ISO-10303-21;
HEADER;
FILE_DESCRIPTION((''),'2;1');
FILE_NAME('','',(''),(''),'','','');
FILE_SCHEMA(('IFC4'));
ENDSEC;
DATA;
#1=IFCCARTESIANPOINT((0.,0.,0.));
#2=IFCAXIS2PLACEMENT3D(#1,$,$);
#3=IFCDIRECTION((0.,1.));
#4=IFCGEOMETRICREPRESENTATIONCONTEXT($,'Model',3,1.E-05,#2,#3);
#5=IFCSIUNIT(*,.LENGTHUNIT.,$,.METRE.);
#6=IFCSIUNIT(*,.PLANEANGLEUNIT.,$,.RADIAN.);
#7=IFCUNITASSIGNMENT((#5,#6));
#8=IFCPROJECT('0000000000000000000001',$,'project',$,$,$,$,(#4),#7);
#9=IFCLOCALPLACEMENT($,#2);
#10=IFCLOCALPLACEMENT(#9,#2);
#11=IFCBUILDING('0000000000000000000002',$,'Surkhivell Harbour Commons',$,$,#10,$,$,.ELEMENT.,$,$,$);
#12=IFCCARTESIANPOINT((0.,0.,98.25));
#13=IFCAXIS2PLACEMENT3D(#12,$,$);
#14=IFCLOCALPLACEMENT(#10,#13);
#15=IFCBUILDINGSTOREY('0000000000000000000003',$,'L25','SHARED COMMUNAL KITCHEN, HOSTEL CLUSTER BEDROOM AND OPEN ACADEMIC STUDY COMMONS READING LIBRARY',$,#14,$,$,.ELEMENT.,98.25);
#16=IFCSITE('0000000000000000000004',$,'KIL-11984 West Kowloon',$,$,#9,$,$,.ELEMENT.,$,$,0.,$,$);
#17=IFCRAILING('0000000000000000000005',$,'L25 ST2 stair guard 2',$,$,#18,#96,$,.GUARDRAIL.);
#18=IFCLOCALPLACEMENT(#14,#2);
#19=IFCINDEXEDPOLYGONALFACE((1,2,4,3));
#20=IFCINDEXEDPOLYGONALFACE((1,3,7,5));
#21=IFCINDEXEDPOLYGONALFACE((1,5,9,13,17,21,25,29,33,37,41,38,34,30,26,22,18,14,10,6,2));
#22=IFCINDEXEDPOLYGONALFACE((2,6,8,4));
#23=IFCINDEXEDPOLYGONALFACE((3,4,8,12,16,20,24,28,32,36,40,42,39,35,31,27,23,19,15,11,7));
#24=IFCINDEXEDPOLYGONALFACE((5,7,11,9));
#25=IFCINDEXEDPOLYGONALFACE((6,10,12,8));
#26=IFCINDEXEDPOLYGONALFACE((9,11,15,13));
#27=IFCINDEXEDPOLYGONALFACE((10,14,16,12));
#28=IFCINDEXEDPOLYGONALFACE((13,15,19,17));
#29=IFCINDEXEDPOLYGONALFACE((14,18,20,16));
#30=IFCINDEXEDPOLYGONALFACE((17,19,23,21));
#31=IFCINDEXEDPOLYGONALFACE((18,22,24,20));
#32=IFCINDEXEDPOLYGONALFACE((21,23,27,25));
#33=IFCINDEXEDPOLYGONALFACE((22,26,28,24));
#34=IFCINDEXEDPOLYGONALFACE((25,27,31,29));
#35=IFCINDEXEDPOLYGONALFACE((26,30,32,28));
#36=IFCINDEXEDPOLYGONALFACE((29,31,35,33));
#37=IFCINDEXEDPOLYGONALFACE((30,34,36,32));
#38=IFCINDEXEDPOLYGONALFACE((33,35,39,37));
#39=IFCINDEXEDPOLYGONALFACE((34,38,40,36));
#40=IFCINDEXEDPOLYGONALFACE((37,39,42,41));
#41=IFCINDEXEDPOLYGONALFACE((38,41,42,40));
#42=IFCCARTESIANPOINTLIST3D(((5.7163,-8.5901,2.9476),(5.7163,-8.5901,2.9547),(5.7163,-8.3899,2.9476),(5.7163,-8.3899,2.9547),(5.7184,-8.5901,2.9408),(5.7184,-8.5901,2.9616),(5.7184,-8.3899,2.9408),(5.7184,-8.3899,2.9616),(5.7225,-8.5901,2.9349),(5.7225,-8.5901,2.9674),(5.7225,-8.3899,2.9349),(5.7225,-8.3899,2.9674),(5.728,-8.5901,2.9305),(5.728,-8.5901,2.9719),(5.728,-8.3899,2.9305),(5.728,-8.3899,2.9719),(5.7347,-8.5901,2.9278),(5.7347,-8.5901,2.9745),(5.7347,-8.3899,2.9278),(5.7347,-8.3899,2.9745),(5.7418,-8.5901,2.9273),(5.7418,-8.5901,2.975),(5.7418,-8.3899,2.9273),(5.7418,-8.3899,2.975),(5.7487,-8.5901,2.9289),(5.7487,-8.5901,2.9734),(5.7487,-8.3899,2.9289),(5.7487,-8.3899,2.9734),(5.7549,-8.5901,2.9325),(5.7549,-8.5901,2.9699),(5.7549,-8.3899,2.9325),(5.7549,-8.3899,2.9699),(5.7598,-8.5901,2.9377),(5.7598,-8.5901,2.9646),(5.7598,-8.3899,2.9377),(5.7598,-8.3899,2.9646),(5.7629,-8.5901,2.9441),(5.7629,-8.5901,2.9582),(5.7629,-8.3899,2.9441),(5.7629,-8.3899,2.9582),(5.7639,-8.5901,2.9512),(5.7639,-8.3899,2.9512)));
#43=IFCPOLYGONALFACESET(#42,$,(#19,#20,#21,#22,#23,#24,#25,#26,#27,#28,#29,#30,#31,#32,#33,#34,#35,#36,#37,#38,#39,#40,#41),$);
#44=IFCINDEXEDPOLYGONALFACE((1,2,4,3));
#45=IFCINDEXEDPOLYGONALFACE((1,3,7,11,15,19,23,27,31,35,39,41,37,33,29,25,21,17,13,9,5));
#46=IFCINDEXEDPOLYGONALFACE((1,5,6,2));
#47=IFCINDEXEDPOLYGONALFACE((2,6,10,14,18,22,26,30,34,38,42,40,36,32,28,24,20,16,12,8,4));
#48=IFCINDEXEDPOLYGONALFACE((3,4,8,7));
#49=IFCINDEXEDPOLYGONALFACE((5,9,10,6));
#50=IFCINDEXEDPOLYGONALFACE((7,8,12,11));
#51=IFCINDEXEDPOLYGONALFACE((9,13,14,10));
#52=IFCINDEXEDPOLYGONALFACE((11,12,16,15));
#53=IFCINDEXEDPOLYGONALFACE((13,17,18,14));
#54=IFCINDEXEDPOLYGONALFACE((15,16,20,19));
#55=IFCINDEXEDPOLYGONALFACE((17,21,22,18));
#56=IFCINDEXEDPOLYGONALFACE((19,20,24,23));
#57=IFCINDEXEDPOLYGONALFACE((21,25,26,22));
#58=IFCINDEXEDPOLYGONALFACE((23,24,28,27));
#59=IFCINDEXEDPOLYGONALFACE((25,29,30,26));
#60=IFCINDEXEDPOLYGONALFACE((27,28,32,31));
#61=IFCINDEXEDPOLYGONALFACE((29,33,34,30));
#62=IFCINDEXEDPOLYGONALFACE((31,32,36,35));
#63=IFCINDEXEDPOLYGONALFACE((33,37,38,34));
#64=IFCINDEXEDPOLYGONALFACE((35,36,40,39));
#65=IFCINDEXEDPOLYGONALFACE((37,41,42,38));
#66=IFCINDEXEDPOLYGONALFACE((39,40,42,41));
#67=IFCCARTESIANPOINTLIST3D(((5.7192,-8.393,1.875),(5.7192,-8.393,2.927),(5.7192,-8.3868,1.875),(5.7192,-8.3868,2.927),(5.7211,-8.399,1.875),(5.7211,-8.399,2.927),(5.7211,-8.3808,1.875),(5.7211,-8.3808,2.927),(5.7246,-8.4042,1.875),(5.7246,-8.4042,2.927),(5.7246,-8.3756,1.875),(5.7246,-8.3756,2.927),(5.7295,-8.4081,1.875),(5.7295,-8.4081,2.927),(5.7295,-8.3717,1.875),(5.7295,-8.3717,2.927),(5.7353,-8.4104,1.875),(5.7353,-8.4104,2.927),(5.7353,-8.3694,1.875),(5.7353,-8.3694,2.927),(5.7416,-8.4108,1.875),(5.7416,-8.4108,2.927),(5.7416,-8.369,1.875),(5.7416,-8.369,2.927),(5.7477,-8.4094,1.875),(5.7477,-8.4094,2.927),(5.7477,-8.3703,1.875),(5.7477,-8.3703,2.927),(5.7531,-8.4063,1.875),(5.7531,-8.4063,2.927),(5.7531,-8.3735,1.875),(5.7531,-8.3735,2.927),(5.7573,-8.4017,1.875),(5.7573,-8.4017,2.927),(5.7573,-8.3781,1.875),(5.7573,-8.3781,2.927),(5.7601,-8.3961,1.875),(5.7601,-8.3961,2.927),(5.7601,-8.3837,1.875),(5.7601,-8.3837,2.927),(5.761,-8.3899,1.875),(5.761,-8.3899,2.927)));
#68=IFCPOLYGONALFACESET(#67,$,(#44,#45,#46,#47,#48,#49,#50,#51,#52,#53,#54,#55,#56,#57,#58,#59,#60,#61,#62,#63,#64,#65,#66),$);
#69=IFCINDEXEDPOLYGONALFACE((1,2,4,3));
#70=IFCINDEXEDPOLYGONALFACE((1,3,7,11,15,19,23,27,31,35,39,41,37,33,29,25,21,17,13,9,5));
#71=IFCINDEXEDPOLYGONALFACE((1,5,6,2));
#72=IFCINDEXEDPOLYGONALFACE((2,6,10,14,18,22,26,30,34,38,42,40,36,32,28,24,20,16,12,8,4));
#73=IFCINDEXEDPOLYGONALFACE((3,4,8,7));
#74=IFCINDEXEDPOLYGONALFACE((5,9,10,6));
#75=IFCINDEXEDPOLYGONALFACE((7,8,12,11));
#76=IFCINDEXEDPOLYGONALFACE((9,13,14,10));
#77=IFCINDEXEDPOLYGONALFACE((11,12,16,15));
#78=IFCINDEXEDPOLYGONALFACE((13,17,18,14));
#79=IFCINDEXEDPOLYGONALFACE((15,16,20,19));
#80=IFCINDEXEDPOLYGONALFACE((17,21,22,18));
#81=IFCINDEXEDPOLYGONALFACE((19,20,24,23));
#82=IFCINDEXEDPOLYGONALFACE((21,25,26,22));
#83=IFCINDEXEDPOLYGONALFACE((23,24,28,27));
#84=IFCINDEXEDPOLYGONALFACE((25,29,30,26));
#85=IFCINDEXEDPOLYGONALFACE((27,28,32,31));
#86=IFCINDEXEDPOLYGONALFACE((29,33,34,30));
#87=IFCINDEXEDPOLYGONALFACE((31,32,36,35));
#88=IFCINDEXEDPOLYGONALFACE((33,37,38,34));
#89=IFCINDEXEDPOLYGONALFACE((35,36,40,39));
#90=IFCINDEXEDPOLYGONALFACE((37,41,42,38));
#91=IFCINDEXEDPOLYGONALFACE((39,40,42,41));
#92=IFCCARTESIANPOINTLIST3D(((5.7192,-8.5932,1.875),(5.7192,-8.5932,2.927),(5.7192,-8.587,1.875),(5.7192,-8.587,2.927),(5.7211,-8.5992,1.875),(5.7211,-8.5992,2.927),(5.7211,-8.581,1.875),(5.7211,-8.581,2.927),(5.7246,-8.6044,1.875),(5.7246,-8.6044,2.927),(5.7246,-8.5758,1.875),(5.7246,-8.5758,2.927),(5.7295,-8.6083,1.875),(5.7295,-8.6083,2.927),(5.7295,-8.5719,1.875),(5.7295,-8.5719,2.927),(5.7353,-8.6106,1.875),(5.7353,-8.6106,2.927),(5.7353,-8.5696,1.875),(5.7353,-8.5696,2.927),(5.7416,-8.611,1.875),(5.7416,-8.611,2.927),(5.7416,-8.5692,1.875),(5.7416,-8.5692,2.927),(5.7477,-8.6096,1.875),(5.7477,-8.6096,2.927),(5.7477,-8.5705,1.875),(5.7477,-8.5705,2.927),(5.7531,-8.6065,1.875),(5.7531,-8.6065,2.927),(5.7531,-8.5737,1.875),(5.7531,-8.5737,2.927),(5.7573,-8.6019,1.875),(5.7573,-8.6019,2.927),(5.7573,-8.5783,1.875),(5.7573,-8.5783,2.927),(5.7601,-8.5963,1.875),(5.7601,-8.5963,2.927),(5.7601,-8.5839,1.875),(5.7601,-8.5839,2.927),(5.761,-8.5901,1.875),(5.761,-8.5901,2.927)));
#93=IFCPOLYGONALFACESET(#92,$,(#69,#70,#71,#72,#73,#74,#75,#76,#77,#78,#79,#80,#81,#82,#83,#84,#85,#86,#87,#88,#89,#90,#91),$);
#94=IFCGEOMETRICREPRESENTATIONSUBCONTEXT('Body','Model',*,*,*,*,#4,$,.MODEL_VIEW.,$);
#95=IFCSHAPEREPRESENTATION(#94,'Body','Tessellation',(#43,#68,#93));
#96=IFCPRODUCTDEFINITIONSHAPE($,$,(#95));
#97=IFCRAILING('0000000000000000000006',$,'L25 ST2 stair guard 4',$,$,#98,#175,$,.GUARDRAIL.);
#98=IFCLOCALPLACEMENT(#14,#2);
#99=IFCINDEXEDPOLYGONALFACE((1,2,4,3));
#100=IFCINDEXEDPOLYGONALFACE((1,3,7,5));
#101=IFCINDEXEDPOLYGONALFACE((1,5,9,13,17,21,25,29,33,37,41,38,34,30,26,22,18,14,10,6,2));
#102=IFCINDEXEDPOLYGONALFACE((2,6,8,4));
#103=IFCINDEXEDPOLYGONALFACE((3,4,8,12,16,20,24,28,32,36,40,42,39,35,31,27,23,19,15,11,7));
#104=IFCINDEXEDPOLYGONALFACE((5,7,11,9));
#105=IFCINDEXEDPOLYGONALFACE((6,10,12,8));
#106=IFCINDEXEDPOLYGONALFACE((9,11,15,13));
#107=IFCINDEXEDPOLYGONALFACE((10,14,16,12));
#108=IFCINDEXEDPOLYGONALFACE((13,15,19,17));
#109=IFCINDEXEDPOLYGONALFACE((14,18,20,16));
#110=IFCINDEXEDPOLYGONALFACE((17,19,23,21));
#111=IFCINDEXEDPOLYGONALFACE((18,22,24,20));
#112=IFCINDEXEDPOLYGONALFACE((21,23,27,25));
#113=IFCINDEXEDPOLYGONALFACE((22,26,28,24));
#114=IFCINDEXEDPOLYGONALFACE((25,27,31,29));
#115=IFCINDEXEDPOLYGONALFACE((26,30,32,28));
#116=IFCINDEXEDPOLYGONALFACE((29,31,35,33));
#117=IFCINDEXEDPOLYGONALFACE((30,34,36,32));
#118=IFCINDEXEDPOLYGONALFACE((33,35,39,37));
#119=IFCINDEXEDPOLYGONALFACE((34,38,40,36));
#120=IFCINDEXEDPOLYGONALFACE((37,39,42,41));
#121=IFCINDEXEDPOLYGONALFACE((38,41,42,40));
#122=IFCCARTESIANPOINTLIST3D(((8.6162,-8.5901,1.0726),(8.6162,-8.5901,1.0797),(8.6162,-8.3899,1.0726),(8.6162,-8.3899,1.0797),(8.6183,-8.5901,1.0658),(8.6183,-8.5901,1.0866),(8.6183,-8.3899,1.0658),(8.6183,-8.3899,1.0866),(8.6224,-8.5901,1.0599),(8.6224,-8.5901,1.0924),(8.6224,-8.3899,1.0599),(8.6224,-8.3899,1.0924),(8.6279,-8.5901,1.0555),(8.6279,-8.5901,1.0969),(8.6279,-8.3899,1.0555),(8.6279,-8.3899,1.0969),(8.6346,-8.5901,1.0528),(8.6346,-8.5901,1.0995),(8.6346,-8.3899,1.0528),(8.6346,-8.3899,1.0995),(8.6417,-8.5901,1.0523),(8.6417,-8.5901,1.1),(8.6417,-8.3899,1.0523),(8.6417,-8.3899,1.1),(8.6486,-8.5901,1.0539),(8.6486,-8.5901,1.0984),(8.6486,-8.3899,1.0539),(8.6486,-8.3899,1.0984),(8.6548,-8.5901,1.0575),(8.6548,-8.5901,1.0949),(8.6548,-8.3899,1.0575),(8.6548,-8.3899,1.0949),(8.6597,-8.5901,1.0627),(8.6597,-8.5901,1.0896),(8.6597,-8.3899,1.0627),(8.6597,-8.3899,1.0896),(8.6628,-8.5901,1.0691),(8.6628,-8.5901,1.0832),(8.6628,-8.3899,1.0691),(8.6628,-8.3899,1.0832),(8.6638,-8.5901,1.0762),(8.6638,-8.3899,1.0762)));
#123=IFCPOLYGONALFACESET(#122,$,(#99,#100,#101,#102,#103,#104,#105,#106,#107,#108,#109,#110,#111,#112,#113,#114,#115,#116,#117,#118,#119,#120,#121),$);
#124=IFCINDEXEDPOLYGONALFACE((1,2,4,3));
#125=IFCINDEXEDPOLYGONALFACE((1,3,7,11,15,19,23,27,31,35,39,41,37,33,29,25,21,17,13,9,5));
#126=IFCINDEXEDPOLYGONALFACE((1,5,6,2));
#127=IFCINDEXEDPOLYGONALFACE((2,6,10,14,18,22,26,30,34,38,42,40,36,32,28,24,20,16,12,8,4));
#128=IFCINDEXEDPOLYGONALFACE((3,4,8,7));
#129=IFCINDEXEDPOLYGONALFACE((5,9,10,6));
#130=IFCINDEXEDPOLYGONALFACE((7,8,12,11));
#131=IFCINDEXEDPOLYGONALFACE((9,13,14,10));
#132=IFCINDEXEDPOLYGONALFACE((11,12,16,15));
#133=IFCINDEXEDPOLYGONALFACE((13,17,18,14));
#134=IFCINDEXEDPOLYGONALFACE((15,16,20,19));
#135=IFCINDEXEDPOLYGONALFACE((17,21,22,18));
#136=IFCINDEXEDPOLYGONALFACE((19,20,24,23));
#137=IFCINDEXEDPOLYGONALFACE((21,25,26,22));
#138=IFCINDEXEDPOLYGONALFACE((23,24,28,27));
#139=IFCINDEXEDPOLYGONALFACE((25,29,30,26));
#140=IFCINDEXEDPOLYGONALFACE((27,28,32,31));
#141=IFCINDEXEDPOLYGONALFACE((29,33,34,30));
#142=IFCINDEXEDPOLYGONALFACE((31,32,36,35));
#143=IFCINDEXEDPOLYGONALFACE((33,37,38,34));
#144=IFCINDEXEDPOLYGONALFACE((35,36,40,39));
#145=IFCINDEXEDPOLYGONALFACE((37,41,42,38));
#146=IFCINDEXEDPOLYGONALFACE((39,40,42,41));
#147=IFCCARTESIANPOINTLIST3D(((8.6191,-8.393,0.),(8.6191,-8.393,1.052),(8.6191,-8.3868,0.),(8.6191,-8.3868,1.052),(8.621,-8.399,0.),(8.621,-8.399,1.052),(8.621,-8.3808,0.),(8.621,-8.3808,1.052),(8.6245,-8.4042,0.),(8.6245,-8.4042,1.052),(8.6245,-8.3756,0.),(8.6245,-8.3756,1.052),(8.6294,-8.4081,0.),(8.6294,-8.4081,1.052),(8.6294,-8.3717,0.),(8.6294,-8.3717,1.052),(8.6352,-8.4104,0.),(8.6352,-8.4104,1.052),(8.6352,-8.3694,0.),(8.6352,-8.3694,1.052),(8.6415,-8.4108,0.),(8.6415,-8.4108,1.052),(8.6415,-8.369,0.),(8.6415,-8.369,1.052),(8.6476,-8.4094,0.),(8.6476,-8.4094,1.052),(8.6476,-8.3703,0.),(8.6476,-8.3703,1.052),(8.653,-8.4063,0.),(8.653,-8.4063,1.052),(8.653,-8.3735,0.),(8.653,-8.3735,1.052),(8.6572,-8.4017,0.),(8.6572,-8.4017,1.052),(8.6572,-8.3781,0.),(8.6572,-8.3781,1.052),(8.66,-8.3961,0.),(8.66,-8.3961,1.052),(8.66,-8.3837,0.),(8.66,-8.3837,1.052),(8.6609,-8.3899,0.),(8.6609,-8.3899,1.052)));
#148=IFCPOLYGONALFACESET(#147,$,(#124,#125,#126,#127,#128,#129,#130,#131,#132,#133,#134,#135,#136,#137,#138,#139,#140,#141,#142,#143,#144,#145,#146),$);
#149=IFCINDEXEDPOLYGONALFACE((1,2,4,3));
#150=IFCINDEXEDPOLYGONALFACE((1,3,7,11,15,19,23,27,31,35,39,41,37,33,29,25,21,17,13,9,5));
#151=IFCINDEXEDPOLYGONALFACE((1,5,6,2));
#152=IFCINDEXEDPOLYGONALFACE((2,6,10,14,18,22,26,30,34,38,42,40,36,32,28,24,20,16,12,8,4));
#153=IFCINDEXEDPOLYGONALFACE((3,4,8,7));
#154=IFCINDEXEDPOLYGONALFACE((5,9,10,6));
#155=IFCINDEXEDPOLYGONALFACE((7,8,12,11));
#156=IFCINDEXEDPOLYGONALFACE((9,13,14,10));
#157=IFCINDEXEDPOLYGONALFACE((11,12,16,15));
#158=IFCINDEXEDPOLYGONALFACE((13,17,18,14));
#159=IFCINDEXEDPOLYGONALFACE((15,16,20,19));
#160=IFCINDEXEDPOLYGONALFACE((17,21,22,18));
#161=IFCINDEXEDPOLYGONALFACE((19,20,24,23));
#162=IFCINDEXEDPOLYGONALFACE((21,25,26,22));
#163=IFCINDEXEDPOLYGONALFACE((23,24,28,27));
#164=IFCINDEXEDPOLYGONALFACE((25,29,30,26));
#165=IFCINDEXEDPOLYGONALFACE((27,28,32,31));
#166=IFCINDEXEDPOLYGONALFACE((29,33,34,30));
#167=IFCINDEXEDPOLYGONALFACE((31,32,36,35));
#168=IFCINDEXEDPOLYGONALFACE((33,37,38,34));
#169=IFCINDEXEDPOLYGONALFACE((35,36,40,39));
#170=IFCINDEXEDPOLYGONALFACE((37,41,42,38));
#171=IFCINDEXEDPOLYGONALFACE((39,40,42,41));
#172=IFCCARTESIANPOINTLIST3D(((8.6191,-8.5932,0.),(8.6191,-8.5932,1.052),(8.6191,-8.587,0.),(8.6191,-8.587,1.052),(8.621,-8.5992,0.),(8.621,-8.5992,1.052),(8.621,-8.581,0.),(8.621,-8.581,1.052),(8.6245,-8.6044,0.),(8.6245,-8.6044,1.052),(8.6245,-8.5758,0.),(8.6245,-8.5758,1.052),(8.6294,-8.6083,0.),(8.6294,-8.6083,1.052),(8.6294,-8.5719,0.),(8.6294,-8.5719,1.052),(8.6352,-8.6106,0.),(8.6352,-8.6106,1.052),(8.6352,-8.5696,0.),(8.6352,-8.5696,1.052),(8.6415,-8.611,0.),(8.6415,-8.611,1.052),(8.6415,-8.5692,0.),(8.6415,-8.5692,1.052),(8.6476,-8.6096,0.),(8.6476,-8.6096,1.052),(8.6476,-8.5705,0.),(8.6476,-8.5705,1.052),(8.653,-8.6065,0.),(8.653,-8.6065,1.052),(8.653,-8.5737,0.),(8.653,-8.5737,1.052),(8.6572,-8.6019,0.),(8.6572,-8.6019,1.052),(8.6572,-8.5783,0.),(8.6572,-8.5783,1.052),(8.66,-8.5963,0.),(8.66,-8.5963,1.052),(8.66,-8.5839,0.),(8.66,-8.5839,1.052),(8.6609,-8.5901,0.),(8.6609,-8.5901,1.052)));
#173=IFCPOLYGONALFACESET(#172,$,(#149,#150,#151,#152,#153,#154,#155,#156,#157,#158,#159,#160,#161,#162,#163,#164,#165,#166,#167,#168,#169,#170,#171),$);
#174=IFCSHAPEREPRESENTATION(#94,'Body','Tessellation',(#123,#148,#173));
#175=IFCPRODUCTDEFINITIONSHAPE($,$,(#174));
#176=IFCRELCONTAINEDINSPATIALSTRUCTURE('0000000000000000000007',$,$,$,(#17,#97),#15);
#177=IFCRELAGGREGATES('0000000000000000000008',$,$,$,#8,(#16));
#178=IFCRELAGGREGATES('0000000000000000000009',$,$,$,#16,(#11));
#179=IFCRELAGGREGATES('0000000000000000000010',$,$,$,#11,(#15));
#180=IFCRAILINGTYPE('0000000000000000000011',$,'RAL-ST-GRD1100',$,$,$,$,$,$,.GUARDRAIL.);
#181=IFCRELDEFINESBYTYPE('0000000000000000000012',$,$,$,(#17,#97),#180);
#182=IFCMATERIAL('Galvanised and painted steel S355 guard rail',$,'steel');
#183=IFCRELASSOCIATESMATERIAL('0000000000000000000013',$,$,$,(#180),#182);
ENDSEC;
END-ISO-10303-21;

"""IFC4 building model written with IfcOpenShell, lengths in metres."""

from ifc_helpers import new_model, si_unit, direction, frame, origin, origin_2d, place, context, subcontext, project, spatial, circle, extrude, material, type_object, element, save


model = new_model("IFC4")

# Units and contexts
model_context = context("Model", 3, precision=1e-05, world=origin(), true_north=direction((0.0, 1.0)))
body_context = subcontext(model_context, "Body", "Model", "MODEL_VIEW")
ifc_project = project(units=[si_unit("LENGTHUNIT", "METRE"), si_unit("PLANEANGLEUNIT", "RADIAN")], contexts=[model_context])

# Site, building, storey
site_placement = place(None, origin())
site = spatial("IfcSite", under=ifc_project, at=site_placement, Name="KIL-11984 West Kowloon", CompositionType="ELEMENT", RefElevation=0.0)
building_placement = place(site_placement, origin())
building = spatial("IfcBuilding", under=site, at=building_placement, Name="Surkhivell Harbour Commons", CompositionType="ELEMENT")
storey_placement = place(building_placement, frame((0.0, 0.0, 98.25)))
storey = spatial("IfcBuildingStorey", under=building, at=storey_placement, Name="L25", Description="SHARED COMMUNAL KITCHEN, HOSTEL CLUSTER BEDROOM AND OPEN ACADEMIC STUDY COMMONS READING LIBRARY", CompositionType="ELEMENT", Elevation=98.25)

# Railings
ifc_material_1 = material(Name="Galvanised and painted steel S355 guard rail", Category="steel")
railing_type_1 = type_object("IfcRailingType", Name="RAL-ST-GRD1100", PredefinedType="GUARDRAIL", material=ifc_material_1)
for number, where, name in (
    (1, (5.74, -8.3899, 1.875), "L25 ST2 stair guard 2"),
    (2, (8.6399, -8.3899, 0.0), "L25 ST2 stair guard 4"),
):
    element("IfcRailing", number, at=place(storey_placement, frame(where)), inside=storey, type_object=railing_type_1, Name=name, PredefinedType="GUARDRAIL", context=body_context, shape_type="SweptSolid", body=[
        extrude(circle(Radius=0.0239, at=origin_2d()), frame((0.0, 0.0, 1.0762), z_axis=(0.0, -1.0, 0.0), x_axis=(1.0, 0.0, 0.0)), (0.0, 0.0, 1.0), 0.2002),
        extrude(circle(Radius=0.021, at=origin_2d()), origin(), (0.0, 0.0, 1.0), 1.052),
        extrude(circle(Radius=0.021, at=origin_2d()), frame((0.0, -0.2002, 0.0)), (0.0, 0.0, 1.0), 1.052),
    ])

save(model, "model.ifc")
